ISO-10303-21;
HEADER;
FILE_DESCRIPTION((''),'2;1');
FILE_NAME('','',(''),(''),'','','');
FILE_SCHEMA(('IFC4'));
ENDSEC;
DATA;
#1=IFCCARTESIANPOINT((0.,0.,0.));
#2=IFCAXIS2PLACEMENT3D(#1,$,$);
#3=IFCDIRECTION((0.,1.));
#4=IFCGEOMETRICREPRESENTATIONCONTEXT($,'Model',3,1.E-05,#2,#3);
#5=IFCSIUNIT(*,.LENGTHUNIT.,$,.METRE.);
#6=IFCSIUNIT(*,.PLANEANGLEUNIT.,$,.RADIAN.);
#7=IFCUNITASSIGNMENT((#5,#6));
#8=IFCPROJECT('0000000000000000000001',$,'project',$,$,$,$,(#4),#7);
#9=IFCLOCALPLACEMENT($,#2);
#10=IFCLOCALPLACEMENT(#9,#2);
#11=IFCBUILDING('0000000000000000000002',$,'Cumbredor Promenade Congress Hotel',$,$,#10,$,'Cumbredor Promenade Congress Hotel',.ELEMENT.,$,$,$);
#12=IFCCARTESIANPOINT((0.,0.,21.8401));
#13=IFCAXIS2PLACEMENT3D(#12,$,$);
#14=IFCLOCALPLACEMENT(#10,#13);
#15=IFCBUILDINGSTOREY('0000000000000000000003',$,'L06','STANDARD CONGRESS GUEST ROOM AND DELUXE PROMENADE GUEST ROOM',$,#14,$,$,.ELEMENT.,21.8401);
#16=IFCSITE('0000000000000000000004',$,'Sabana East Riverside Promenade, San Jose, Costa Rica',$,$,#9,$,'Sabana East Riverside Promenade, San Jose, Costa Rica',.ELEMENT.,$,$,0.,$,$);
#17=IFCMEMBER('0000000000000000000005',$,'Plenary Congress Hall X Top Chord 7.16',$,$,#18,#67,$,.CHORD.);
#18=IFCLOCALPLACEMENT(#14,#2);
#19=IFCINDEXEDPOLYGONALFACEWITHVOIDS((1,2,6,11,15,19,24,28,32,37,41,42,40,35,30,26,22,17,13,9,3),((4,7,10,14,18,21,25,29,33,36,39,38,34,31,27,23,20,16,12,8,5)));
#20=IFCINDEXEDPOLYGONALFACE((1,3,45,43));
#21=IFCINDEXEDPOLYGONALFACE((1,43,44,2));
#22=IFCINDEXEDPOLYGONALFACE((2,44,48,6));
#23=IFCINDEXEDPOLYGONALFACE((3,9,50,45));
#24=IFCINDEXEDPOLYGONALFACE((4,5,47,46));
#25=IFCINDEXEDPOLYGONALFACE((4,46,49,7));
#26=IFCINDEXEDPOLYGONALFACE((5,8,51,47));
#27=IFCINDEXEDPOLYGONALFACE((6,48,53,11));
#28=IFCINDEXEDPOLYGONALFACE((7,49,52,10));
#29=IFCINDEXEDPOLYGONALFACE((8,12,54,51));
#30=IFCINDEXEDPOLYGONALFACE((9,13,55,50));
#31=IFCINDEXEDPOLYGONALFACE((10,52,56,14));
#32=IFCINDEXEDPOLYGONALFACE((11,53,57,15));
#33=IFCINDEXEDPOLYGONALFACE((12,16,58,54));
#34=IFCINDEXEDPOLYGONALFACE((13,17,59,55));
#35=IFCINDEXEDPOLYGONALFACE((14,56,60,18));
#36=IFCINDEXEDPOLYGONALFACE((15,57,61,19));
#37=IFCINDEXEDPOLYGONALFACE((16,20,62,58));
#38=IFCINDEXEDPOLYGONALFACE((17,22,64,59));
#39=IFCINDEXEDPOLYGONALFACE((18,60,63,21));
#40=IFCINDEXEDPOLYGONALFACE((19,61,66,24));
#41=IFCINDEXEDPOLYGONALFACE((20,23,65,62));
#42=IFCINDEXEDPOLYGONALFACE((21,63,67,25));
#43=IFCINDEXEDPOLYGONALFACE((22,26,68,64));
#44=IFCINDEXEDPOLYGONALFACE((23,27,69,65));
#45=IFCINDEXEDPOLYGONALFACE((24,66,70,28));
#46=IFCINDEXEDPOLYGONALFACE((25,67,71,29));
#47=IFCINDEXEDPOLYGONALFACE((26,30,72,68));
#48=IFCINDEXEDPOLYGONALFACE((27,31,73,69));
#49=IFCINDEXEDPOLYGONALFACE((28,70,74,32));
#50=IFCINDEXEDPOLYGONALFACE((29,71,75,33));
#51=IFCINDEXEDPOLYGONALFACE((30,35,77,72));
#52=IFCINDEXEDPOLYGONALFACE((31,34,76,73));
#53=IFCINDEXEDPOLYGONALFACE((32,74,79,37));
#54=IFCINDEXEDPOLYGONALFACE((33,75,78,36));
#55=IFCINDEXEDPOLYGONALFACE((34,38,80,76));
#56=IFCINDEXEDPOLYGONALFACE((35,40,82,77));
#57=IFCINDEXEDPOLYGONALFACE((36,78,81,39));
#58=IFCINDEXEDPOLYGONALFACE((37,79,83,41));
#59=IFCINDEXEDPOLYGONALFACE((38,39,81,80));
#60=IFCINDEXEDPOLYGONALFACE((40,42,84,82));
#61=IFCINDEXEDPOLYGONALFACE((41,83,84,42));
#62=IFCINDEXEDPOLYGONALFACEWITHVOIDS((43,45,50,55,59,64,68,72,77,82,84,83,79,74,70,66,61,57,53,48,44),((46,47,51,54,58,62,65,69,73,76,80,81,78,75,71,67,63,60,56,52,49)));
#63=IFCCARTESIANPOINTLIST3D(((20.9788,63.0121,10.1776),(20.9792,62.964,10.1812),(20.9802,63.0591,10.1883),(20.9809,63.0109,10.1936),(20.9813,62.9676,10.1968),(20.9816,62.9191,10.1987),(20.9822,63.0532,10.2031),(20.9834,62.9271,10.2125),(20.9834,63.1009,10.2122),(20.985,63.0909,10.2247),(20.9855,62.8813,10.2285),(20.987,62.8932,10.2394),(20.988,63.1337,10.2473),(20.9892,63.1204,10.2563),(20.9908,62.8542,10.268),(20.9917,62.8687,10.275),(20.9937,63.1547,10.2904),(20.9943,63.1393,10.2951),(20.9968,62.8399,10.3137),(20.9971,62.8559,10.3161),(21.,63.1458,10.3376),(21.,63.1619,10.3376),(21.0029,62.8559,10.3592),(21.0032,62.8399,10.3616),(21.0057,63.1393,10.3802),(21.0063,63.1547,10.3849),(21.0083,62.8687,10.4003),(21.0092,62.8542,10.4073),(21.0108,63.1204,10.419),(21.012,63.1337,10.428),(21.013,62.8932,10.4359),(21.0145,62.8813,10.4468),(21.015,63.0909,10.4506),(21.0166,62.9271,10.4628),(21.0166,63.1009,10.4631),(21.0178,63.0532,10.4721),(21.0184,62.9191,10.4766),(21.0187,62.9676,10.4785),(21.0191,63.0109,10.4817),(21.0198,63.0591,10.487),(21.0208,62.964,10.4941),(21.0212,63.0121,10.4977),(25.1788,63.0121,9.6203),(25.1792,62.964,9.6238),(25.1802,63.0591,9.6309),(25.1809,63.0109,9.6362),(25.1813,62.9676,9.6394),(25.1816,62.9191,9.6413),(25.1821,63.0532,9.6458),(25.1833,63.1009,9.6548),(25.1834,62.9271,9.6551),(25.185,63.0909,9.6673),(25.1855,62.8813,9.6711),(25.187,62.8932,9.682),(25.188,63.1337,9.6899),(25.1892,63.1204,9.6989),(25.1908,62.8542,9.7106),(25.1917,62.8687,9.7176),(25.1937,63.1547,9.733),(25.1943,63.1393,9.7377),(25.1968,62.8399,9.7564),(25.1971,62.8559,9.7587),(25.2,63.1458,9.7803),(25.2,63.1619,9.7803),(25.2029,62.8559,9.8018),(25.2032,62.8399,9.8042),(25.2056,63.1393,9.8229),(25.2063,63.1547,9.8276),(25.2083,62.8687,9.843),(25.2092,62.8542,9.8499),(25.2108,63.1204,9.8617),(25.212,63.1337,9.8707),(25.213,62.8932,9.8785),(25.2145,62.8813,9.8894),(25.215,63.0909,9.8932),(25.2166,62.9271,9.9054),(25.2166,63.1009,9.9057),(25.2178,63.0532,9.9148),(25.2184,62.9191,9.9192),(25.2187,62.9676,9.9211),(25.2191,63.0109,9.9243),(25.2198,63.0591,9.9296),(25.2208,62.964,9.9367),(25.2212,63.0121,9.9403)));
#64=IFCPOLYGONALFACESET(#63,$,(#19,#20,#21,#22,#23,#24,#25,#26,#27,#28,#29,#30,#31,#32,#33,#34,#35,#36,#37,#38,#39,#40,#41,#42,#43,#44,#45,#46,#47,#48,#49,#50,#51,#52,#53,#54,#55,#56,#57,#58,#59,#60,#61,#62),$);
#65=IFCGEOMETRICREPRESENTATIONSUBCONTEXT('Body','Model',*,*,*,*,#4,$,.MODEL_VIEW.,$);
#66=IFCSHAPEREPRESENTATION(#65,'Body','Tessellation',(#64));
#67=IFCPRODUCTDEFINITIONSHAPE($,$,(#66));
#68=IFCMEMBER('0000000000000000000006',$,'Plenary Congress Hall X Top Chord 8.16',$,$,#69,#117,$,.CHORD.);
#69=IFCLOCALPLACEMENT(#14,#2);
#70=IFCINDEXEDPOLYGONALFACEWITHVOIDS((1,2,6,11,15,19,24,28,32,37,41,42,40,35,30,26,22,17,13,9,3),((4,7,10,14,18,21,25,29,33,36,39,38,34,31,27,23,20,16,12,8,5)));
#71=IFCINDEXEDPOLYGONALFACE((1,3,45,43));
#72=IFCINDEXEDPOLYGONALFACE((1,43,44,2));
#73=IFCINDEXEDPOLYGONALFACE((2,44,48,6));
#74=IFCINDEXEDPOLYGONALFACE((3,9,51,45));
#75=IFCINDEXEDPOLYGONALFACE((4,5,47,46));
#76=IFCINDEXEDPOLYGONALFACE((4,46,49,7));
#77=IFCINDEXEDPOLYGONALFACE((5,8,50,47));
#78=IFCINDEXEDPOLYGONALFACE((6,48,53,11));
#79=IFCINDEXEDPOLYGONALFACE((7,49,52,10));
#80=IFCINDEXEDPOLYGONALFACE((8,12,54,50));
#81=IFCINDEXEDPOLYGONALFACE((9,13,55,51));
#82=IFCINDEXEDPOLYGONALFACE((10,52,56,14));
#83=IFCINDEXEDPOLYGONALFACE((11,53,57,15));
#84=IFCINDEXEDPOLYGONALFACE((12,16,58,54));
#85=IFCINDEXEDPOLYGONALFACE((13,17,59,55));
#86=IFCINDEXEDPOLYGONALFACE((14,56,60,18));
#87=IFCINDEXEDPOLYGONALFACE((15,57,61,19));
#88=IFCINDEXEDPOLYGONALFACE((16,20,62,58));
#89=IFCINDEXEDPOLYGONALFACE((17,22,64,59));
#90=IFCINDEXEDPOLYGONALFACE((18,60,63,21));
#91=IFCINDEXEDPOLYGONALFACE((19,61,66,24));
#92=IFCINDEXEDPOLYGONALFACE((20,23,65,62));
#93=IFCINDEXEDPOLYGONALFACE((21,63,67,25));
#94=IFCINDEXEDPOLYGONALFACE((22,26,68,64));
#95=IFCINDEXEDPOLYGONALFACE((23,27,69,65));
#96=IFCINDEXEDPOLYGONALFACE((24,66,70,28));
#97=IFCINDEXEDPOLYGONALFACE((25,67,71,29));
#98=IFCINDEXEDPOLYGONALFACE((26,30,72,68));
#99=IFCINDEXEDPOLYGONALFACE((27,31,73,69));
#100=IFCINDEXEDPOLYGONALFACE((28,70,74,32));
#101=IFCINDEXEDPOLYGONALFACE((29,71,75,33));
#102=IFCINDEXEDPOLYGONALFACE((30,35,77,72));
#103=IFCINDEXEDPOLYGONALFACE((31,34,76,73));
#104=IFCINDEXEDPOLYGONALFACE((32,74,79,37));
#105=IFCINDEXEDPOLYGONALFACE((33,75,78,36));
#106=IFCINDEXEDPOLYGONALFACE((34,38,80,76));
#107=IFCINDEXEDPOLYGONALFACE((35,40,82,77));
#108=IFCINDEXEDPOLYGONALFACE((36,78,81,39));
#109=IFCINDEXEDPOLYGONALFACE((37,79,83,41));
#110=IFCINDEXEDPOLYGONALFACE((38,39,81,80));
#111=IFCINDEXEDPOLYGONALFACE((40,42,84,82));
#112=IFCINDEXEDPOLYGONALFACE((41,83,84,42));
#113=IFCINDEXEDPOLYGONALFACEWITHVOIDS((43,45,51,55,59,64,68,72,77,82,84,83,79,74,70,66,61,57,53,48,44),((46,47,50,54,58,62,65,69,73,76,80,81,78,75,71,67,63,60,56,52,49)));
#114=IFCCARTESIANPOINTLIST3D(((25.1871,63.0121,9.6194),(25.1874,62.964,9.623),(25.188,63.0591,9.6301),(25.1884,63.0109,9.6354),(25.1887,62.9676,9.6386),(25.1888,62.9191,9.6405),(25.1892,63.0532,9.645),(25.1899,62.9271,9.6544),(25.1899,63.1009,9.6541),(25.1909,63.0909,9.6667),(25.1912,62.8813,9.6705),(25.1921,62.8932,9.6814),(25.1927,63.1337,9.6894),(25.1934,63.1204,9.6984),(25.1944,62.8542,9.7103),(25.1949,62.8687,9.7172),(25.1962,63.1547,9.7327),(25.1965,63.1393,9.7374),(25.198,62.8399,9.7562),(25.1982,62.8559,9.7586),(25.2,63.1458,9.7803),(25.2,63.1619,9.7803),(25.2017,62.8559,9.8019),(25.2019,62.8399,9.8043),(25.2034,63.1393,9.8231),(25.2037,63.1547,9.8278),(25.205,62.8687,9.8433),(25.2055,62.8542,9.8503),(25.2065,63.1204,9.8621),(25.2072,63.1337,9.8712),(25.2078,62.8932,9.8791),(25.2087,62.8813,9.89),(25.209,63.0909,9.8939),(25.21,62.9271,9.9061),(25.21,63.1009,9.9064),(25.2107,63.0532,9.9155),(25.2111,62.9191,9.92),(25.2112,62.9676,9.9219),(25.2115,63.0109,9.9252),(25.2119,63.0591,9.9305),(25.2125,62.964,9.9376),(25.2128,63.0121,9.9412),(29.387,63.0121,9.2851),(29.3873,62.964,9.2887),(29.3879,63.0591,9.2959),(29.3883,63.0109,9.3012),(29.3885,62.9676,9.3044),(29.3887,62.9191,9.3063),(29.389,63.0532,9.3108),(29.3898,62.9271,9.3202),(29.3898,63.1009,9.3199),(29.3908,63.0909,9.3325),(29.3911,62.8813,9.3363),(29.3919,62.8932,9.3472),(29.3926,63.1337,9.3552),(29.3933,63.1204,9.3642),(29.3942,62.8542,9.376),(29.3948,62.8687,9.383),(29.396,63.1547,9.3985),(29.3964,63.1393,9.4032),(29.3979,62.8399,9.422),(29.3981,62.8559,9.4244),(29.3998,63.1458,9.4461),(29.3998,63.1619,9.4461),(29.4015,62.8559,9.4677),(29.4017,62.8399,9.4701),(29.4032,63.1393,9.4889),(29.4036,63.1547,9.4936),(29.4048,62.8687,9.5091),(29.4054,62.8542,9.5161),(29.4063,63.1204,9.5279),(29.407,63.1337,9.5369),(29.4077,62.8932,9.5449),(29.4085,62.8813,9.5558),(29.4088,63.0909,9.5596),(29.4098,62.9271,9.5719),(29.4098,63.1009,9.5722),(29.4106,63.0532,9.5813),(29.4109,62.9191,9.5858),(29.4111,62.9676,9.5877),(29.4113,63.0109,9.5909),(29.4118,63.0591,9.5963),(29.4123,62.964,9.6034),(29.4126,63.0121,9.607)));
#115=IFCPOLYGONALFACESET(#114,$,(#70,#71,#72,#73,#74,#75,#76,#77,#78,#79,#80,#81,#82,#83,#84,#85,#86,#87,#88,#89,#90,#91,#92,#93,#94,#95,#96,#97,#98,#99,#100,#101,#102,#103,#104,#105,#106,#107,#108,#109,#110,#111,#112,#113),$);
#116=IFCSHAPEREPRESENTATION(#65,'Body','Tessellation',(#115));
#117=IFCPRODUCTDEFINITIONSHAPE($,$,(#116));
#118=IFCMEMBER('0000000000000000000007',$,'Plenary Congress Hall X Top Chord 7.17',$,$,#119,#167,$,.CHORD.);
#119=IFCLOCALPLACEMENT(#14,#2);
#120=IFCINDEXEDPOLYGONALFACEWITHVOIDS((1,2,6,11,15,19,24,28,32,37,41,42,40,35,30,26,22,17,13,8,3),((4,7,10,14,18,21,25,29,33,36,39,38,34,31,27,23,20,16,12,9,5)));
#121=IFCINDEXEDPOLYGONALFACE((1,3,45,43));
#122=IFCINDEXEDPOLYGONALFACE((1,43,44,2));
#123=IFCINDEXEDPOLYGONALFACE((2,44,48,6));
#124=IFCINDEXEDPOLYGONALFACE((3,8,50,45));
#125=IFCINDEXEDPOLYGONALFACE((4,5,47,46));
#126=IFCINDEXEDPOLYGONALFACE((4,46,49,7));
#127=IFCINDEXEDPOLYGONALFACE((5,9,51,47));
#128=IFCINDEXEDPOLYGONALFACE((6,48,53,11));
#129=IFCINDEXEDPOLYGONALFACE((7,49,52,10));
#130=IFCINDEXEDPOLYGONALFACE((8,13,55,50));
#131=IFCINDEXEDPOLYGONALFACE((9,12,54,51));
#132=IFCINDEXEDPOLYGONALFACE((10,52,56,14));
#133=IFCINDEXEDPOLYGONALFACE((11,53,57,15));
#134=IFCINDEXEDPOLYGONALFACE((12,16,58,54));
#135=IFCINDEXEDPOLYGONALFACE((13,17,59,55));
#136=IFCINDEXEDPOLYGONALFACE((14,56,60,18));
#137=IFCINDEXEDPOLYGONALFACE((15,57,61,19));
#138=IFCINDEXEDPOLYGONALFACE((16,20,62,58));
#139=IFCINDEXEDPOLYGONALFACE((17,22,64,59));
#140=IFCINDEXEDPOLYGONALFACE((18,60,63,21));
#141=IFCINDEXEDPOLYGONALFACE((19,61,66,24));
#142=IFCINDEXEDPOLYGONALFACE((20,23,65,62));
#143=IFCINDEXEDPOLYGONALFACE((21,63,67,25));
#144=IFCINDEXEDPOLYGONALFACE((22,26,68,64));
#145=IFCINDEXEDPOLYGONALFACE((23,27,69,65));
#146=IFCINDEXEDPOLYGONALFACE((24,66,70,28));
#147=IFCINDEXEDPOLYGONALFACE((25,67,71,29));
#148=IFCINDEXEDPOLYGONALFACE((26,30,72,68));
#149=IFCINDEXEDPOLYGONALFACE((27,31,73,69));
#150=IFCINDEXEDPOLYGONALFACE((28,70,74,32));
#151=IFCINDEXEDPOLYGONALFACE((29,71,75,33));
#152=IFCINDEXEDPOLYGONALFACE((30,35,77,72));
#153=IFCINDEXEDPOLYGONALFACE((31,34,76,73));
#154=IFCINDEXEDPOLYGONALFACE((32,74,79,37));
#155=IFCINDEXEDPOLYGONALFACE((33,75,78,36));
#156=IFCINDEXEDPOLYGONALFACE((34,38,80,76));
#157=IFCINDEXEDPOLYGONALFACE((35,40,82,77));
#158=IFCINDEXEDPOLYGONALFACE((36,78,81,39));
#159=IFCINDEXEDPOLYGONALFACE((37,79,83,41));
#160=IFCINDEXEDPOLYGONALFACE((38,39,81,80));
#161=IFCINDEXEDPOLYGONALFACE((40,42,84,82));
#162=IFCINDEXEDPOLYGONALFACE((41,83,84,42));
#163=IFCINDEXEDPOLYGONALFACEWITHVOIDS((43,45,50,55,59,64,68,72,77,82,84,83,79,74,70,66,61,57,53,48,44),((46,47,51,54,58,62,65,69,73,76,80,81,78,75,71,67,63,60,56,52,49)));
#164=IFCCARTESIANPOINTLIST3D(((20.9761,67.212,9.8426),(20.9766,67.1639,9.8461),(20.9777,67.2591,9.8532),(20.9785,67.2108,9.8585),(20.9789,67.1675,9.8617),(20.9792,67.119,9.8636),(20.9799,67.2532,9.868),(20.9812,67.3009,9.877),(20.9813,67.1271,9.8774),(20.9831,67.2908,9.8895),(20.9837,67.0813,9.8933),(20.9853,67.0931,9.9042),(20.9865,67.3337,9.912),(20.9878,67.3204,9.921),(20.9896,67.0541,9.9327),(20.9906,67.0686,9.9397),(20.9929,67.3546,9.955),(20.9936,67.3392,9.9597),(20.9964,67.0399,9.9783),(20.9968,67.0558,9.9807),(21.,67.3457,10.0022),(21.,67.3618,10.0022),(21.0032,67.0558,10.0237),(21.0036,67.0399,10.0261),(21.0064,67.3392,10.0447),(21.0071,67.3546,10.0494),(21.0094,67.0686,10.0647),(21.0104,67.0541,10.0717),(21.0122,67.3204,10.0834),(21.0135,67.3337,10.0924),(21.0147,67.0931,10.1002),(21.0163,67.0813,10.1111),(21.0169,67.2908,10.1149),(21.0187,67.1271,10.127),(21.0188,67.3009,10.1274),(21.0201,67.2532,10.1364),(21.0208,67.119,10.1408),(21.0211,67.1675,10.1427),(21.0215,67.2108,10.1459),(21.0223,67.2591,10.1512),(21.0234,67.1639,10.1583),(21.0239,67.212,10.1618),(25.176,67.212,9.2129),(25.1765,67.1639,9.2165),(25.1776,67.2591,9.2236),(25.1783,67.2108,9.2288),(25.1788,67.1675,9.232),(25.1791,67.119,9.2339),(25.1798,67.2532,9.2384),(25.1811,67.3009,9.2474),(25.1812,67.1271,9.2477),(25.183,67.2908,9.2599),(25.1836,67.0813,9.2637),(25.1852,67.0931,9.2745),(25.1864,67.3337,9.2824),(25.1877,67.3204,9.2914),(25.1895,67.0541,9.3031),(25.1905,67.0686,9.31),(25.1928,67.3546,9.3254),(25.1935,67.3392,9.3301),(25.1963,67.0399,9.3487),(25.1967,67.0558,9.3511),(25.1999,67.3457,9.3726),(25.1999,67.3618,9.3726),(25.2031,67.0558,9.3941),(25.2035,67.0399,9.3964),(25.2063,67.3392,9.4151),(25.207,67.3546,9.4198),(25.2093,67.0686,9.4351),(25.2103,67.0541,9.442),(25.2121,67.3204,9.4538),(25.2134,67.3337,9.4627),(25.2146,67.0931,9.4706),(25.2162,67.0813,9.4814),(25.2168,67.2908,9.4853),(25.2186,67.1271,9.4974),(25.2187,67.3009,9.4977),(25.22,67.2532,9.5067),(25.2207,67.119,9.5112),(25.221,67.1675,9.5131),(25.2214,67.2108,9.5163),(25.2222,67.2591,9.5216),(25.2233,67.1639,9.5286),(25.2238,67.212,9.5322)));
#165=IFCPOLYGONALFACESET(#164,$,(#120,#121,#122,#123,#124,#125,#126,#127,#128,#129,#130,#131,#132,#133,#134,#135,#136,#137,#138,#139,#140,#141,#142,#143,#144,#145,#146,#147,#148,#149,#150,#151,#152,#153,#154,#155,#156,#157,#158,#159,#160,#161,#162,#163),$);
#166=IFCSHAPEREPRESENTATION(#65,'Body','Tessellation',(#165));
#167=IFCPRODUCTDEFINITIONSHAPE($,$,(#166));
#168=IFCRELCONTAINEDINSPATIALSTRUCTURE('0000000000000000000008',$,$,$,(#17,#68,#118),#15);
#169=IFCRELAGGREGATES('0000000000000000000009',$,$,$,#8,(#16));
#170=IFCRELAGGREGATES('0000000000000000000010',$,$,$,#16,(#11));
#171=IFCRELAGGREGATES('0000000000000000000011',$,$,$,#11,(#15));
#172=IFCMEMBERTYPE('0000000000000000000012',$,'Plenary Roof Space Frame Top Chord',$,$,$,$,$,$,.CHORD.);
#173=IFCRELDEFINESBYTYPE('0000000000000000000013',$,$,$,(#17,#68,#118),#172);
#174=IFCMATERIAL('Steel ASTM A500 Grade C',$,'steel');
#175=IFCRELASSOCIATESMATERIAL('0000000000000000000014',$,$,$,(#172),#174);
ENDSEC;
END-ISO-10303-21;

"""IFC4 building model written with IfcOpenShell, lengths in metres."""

from ifc_helpers import new_model, si_unit, direction, frame, origin, origin_2d, place, context, subcontext, project, spatial, hollow_circle, extrude, material, material_profile, profile_set, type_object, element, save


model = new_model("IFC4")

# Units and contexts
model_context = context("Model", 3, precision=1e-05, world=origin(), true_north=direction((0.0, 1.0)))
body_context = subcontext(model_context, "Body", "Model", "MODEL_VIEW")
ifc_project = project(units=[si_unit("LENGTHUNIT", "METRE"), si_unit("PLANEANGLEUNIT", "RADIAN")], contexts=[model_context])

# Site, building, storey
site_placement = place(None, origin())
site = spatial("IfcSite", under=ifc_project, at=site_placement, Name="Sabana East Riverside Promenade, San Jose, Costa Rica", LongName="Sabana East Riverside Promenade, San Jose, Costa Rica", CompositionType="ELEMENT", RefElevation=0.0)
building_placement = place(site_placement, origin())
building = spatial("IfcBuilding", under=site, at=building_placement, Name="Cumbredor Promenade Congress Hotel", LongName="Cumbredor Promenade Congress Hotel", CompositionType="ELEMENT")
storey_placement = place(building_placement, frame((0.0, 0.0, 21.8401)))
storey = spatial("IfcBuildingStorey", under=building, at=storey_placement, Name="L06", Description="STANDARD CONGRESS GUEST ROOM AND DELUXE PROMENADE GUEST ROOM", CompositionType="ELEMENT", Elevation=21.8401)

# Members
ifc_material_1 = material(Name="Steel ASTM A500 Grade C", Category="steel")
ifc_material_profile_1 = material_profile(ifc_material_1, hollow_circle(Radius=0.1619, WallThickness=0.0161, at=origin_2d()), Name="CHS 323.9x16")
ifc_profile_set_1 = profile_set([ifc_material_profile_1], Name="Steel ASTM A500 Grade C")
member_type_1 = type_object("IfcMemberType", Name="Plenary Roof Space Frame Top Chord", PredefinedType="CHORD", material=ifc_profile_set_1)
member_1_placement = place(storey_placement, frame((21.0, 63.0, 10.3376), z_axis=(0.991309, 0.0, -0.131556), x_axis=(0.0, 1.0, 0.0)))
element("IfcMember", 1, at=member_1_placement, inside=storey, type_object=member_type_1, Name="Plenary Congress Hall X Top Chord 7.16", PredefinedType="CHORD", context=body_context, shape_type="SweptSolid", body=[
    extrude(hollow_circle(Radius=0.1619, WallThickness=0.0161, at=origin_2d()), origin(), (0.0, 0.0, 1.0), 4.2368),
])
member_2_placement = place(storey_placement, frame((25.2, 63.0, 9.7803), z_axis=(0.996849, 0.0, -0.079328), x_axis=(0.0, 1.0, 0.0)))
element("IfcMember", 2, at=member_2_placement, inside=storey, type_object=member_type_1, Name="Plenary Congress Hall X Top Chord 8.16", PredefinedType="CHORD", context=body_context, shape_type="SweptSolid", body=[
    extrude(hollow_circle(Radius=0.1619, WallThickness=0.0161, at=origin_2d()), origin(), (0.0, 0.0, 1.0), 4.2131),
])
member_3_placement = place(storey_placement, frame((21.0, 67.2, 10.0022), z_axis=(0.988949, 0.0, -0.148259), x_axis=(0.0, 1.0, 0.0)))
element("IfcMember", 3, at=member_3_placement, inside=storey, type_object=member_type_1, Name="Plenary Congress Hall X Top Chord 7.17", PredefinedType="CHORD", context=body_context, shape_type="SweptSolid", body=[
    extrude(hollow_circle(Radius=0.1619, WallThickness=0.0161, at=origin_2d()), origin(), (0.0, 0.0, 1.0), 4.2468),
])

save(model, "model.ifc")
